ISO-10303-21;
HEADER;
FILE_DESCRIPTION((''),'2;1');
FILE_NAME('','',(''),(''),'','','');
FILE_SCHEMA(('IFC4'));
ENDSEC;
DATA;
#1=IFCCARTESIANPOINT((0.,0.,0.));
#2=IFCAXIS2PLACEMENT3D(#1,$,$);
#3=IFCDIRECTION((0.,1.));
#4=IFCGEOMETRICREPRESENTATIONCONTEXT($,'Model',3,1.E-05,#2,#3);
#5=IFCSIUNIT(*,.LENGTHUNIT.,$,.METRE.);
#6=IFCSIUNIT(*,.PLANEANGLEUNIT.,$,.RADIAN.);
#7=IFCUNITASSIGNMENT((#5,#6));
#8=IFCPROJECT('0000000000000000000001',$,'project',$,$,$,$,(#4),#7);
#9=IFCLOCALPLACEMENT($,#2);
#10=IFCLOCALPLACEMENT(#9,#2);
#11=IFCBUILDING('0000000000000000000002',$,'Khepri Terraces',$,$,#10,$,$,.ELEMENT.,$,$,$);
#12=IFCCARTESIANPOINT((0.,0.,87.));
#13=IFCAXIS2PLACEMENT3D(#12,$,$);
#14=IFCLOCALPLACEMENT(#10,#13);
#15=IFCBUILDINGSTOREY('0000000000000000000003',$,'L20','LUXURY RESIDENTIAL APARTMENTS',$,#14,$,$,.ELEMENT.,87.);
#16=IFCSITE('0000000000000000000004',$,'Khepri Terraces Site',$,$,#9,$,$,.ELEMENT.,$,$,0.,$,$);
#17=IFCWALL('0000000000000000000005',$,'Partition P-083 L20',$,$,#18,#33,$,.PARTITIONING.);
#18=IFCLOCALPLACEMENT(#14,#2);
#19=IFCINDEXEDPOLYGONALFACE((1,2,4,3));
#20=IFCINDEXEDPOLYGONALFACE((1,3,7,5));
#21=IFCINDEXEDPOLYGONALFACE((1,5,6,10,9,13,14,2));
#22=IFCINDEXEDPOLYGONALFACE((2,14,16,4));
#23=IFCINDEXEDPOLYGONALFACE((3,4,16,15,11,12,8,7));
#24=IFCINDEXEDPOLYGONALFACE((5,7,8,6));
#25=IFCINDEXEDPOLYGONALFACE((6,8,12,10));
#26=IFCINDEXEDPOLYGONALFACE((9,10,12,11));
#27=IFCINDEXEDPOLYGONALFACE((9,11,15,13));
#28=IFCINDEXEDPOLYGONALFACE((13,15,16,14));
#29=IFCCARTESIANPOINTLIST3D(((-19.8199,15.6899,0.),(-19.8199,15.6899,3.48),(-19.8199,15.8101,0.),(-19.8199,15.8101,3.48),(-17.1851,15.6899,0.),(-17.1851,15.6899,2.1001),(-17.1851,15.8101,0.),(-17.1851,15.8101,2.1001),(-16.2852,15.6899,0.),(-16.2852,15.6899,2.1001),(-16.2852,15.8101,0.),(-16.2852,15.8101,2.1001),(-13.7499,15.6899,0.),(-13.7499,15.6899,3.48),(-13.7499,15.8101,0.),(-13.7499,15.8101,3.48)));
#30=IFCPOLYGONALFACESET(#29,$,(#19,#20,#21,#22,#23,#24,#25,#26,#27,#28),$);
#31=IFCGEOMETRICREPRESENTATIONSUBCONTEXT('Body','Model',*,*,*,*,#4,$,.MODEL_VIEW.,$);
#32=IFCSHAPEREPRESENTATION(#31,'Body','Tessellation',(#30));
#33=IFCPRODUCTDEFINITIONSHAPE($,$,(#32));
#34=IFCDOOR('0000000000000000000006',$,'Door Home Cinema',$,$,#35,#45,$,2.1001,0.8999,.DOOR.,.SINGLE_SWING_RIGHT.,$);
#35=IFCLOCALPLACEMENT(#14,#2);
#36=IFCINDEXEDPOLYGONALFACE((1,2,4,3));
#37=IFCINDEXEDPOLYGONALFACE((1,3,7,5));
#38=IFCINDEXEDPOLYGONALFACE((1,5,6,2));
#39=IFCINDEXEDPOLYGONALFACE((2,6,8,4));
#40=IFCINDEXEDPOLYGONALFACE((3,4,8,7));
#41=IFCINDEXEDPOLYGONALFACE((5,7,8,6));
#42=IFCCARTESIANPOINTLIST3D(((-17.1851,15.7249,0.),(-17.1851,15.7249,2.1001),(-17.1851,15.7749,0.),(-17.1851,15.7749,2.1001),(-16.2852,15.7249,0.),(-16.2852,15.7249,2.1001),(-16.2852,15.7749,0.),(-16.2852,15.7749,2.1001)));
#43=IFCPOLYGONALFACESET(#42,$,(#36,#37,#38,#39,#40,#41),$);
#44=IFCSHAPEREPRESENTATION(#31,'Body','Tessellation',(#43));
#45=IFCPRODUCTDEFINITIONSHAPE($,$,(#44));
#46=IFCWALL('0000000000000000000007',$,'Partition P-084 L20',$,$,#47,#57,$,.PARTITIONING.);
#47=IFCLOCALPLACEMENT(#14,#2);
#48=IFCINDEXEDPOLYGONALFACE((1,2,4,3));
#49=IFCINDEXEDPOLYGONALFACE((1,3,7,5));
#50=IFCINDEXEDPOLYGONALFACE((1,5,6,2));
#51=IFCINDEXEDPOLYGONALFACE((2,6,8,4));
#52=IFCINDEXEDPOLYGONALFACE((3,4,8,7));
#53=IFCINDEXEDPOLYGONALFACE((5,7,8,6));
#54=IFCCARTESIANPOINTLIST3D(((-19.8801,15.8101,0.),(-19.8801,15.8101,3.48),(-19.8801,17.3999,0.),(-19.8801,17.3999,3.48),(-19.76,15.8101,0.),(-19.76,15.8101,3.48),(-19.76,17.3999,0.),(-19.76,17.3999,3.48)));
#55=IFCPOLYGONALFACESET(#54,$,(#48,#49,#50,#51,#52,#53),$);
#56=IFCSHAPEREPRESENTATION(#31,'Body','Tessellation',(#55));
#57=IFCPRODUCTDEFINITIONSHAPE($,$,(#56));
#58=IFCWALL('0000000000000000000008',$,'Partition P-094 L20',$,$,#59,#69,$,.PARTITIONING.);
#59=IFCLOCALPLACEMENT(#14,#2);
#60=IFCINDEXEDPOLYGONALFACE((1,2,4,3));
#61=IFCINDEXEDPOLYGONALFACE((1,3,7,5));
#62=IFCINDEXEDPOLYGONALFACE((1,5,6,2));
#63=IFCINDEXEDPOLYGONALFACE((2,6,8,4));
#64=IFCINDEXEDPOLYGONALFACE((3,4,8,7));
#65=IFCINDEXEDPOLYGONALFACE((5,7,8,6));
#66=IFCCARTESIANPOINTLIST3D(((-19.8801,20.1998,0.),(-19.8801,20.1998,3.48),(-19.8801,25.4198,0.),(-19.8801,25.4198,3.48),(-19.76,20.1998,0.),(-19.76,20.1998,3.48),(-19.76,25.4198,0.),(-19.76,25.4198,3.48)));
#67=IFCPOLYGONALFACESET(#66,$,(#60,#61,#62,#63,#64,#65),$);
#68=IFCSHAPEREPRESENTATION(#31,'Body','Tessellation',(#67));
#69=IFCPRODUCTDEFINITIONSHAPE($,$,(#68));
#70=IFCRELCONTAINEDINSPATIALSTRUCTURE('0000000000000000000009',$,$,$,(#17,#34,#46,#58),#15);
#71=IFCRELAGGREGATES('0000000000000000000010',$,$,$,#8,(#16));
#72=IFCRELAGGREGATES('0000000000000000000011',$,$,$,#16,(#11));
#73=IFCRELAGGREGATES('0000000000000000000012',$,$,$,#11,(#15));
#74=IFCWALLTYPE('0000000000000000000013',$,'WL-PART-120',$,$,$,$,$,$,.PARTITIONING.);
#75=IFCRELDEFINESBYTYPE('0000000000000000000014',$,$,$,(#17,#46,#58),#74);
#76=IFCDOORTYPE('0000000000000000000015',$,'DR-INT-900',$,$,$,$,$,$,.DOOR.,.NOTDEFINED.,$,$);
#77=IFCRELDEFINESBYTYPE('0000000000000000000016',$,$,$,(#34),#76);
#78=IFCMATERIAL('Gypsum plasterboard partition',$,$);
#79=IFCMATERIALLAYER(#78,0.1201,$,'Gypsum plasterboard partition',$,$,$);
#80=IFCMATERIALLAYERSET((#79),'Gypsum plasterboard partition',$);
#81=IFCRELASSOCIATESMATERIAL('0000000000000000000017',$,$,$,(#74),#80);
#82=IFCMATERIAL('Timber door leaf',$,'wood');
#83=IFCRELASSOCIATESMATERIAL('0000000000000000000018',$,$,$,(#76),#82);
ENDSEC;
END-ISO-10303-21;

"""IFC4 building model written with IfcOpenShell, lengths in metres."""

from ifc_helpers import new_model, si_unit, direction, frame, frame_2d, origin, place, context, subcontext, project, spatial, rectangle, extrude, material, layer, layer_set, type_object, element, fill, save


model = new_model("IFC4")

# Units and contexts
model_context = context("Model", 3, precision=1e-05, world=origin(), true_north=direction((0.0, 1.0)))
body_context = subcontext(model_context, "Body", "Model", "MODEL_VIEW")
ifc_project = project(units=[si_unit("LENGTHUNIT", "METRE"), si_unit("PLANEANGLEUNIT", "RADIAN")], contexts=[model_context])

# Site, building, storey
site_placement = place(None, origin())
site = spatial("IfcSite", under=ifc_project, at=site_placement, Name="Khepri Terraces Site", CompositionType="ELEMENT", RefElevation=0.0)
building_placement = place(site_placement, origin())
building = spatial("IfcBuilding", under=site, at=building_placement, Name="Khepri Terraces", CompositionType="ELEMENT")
storey_placement = place(building_placement, frame((0.0, 0.0, 87.0)))
storey = spatial("IfcBuildingStorey", under=building, at=storey_placement, Name="L20", Description="LUXURY RESIDENTIAL APARTMENTS", CompositionType="ELEMENT", Elevation=87.0)

# Wall, opening, door
ifc_material_1 = material(Name="Gypsum plasterboard partition")
ifc_layer_1 = layer(ifc_material_1, 0.1201, Name="Gypsum plasterboard partition")
ifc_layer_set_1 = layer_set([ifc_layer_1], Name="Gypsum plasterboard partition")
wall_type_1 = type_object("IfcWallType", Name="WL-PART-120", PredefinedType="PARTITIONING", material=ifc_layer_set_1)
wall_1_placement = place(storey_placement, frame((-19.8201, 15.75, 0.0), z_axis=(0.0, 0.0, 1.0), x_axis=(1.0, 0.0, 0.0)))
wall_1 = element("IfcWall", 1, at=wall_1_placement, inside=storey, type_object=wall_type_1, Name="Partition P-083 L20", PredefinedType="PARTITIONING", context=body_context, shape_type="SweptSolid", body=[
    extrude(rectangle(XDim=6.0701, YDim=0.1201, at=frame_2d((3.0352, 0.0))), origin(), (0.0, 0.0, 1.0), 3.48),
])
opening_1_placement = place(wall_1_placement, frame((2.635, 0.0, 0.0)))
opening_1 = element("IfcOpeningElement", 2, at=opening_1_placement, cuts=wall_1, PredefinedType="OPENING", context=body_context, shape_type="SweptSolid", body=[
    extrude(rectangle(XDim=0.8999, YDim=2.1001, at=frame_2d((0.45, 1.05))), frame((0.0, 0.0701, 0.0), z_axis=(0.0, -1.0, 0.0), x_axis=(1.0, 0.0, 0.0)), (0.0, 0.0, 1.0), 0.1401),
])
ifc_material_2 = material(Name="Timber door leaf", Category="wood")
door_type_1 = type_object("IfcDoorType", Name="DR-INT-900", OperationType="NOTDEFINED", PredefinedType="DOOR", material=ifc_material_2)
door_1_placement = place(opening_1_placement, origin())
door_1 = element("IfcDoor", 3, at=door_1_placement, inside=storey, type_object=door_type_1, Name="Door Home Cinema", OperationType="SINGLE_SWING_RIGHT", OverallHeight=2.1001, OverallWidth=0.8999, PredefinedType="DOOR", context=body_context, shape_type="SweptSolid", body=[
    extrude(rectangle(XDim=0.8999, YDim=2.1001, at=frame_2d((0.45, 1.05))), frame((0.0, 0.0249, 0.0), z_axis=(0.0, -1.0, 0.0), x_axis=(1.0, 0.0, 0.0)), (0.0, 0.0, 1.0), 0.05),
])
fill(opening_1, door_1)

# Walls
wall_2_placement = place(storey_placement, frame((-19.8201, 15.8101, 0.0), z_axis=(0.0, 0.0, 1.0), x_axis=(0.0, 1.0, 0.0)))
element("IfcWall", 4, at=wall_2_placement, inside=storey, type_object=wall_type_1, Name="Partition P-084 L20", PredefinedType="PARTITIONING", context=body_context, shape_type="SweptSolid", body=[
    extrude(rectangle(XDim=1.5898, YDim=0.1201, at=frame_2d((0.7949, 0.0))), origin(), (0.0, 0.0, 1.0), 3.48),
])
wall_3_placement = place(storey_placement, frame((-19.8201, 20.2, 0.0), z_axis=(0.0, 0.0, 1.0), x_axis=(0.0, 1.0, 0.0)))
element("IfcWall", 5, at=wall_3_placement, inside=storey, type_object=wall_type_1, Name="Partition P-094 L20", PredefinedType="PARTITIONING", context=body_context, shape_type="SweptSolid", body=[
    extrude(rectangle(XDim=5.22, YDim=0.1201, at=frame_2d((2.6099, 0.0))), origin(), (0.0, 0.0, 1.0), 3.48),
])

save(model, "model.ifc")
